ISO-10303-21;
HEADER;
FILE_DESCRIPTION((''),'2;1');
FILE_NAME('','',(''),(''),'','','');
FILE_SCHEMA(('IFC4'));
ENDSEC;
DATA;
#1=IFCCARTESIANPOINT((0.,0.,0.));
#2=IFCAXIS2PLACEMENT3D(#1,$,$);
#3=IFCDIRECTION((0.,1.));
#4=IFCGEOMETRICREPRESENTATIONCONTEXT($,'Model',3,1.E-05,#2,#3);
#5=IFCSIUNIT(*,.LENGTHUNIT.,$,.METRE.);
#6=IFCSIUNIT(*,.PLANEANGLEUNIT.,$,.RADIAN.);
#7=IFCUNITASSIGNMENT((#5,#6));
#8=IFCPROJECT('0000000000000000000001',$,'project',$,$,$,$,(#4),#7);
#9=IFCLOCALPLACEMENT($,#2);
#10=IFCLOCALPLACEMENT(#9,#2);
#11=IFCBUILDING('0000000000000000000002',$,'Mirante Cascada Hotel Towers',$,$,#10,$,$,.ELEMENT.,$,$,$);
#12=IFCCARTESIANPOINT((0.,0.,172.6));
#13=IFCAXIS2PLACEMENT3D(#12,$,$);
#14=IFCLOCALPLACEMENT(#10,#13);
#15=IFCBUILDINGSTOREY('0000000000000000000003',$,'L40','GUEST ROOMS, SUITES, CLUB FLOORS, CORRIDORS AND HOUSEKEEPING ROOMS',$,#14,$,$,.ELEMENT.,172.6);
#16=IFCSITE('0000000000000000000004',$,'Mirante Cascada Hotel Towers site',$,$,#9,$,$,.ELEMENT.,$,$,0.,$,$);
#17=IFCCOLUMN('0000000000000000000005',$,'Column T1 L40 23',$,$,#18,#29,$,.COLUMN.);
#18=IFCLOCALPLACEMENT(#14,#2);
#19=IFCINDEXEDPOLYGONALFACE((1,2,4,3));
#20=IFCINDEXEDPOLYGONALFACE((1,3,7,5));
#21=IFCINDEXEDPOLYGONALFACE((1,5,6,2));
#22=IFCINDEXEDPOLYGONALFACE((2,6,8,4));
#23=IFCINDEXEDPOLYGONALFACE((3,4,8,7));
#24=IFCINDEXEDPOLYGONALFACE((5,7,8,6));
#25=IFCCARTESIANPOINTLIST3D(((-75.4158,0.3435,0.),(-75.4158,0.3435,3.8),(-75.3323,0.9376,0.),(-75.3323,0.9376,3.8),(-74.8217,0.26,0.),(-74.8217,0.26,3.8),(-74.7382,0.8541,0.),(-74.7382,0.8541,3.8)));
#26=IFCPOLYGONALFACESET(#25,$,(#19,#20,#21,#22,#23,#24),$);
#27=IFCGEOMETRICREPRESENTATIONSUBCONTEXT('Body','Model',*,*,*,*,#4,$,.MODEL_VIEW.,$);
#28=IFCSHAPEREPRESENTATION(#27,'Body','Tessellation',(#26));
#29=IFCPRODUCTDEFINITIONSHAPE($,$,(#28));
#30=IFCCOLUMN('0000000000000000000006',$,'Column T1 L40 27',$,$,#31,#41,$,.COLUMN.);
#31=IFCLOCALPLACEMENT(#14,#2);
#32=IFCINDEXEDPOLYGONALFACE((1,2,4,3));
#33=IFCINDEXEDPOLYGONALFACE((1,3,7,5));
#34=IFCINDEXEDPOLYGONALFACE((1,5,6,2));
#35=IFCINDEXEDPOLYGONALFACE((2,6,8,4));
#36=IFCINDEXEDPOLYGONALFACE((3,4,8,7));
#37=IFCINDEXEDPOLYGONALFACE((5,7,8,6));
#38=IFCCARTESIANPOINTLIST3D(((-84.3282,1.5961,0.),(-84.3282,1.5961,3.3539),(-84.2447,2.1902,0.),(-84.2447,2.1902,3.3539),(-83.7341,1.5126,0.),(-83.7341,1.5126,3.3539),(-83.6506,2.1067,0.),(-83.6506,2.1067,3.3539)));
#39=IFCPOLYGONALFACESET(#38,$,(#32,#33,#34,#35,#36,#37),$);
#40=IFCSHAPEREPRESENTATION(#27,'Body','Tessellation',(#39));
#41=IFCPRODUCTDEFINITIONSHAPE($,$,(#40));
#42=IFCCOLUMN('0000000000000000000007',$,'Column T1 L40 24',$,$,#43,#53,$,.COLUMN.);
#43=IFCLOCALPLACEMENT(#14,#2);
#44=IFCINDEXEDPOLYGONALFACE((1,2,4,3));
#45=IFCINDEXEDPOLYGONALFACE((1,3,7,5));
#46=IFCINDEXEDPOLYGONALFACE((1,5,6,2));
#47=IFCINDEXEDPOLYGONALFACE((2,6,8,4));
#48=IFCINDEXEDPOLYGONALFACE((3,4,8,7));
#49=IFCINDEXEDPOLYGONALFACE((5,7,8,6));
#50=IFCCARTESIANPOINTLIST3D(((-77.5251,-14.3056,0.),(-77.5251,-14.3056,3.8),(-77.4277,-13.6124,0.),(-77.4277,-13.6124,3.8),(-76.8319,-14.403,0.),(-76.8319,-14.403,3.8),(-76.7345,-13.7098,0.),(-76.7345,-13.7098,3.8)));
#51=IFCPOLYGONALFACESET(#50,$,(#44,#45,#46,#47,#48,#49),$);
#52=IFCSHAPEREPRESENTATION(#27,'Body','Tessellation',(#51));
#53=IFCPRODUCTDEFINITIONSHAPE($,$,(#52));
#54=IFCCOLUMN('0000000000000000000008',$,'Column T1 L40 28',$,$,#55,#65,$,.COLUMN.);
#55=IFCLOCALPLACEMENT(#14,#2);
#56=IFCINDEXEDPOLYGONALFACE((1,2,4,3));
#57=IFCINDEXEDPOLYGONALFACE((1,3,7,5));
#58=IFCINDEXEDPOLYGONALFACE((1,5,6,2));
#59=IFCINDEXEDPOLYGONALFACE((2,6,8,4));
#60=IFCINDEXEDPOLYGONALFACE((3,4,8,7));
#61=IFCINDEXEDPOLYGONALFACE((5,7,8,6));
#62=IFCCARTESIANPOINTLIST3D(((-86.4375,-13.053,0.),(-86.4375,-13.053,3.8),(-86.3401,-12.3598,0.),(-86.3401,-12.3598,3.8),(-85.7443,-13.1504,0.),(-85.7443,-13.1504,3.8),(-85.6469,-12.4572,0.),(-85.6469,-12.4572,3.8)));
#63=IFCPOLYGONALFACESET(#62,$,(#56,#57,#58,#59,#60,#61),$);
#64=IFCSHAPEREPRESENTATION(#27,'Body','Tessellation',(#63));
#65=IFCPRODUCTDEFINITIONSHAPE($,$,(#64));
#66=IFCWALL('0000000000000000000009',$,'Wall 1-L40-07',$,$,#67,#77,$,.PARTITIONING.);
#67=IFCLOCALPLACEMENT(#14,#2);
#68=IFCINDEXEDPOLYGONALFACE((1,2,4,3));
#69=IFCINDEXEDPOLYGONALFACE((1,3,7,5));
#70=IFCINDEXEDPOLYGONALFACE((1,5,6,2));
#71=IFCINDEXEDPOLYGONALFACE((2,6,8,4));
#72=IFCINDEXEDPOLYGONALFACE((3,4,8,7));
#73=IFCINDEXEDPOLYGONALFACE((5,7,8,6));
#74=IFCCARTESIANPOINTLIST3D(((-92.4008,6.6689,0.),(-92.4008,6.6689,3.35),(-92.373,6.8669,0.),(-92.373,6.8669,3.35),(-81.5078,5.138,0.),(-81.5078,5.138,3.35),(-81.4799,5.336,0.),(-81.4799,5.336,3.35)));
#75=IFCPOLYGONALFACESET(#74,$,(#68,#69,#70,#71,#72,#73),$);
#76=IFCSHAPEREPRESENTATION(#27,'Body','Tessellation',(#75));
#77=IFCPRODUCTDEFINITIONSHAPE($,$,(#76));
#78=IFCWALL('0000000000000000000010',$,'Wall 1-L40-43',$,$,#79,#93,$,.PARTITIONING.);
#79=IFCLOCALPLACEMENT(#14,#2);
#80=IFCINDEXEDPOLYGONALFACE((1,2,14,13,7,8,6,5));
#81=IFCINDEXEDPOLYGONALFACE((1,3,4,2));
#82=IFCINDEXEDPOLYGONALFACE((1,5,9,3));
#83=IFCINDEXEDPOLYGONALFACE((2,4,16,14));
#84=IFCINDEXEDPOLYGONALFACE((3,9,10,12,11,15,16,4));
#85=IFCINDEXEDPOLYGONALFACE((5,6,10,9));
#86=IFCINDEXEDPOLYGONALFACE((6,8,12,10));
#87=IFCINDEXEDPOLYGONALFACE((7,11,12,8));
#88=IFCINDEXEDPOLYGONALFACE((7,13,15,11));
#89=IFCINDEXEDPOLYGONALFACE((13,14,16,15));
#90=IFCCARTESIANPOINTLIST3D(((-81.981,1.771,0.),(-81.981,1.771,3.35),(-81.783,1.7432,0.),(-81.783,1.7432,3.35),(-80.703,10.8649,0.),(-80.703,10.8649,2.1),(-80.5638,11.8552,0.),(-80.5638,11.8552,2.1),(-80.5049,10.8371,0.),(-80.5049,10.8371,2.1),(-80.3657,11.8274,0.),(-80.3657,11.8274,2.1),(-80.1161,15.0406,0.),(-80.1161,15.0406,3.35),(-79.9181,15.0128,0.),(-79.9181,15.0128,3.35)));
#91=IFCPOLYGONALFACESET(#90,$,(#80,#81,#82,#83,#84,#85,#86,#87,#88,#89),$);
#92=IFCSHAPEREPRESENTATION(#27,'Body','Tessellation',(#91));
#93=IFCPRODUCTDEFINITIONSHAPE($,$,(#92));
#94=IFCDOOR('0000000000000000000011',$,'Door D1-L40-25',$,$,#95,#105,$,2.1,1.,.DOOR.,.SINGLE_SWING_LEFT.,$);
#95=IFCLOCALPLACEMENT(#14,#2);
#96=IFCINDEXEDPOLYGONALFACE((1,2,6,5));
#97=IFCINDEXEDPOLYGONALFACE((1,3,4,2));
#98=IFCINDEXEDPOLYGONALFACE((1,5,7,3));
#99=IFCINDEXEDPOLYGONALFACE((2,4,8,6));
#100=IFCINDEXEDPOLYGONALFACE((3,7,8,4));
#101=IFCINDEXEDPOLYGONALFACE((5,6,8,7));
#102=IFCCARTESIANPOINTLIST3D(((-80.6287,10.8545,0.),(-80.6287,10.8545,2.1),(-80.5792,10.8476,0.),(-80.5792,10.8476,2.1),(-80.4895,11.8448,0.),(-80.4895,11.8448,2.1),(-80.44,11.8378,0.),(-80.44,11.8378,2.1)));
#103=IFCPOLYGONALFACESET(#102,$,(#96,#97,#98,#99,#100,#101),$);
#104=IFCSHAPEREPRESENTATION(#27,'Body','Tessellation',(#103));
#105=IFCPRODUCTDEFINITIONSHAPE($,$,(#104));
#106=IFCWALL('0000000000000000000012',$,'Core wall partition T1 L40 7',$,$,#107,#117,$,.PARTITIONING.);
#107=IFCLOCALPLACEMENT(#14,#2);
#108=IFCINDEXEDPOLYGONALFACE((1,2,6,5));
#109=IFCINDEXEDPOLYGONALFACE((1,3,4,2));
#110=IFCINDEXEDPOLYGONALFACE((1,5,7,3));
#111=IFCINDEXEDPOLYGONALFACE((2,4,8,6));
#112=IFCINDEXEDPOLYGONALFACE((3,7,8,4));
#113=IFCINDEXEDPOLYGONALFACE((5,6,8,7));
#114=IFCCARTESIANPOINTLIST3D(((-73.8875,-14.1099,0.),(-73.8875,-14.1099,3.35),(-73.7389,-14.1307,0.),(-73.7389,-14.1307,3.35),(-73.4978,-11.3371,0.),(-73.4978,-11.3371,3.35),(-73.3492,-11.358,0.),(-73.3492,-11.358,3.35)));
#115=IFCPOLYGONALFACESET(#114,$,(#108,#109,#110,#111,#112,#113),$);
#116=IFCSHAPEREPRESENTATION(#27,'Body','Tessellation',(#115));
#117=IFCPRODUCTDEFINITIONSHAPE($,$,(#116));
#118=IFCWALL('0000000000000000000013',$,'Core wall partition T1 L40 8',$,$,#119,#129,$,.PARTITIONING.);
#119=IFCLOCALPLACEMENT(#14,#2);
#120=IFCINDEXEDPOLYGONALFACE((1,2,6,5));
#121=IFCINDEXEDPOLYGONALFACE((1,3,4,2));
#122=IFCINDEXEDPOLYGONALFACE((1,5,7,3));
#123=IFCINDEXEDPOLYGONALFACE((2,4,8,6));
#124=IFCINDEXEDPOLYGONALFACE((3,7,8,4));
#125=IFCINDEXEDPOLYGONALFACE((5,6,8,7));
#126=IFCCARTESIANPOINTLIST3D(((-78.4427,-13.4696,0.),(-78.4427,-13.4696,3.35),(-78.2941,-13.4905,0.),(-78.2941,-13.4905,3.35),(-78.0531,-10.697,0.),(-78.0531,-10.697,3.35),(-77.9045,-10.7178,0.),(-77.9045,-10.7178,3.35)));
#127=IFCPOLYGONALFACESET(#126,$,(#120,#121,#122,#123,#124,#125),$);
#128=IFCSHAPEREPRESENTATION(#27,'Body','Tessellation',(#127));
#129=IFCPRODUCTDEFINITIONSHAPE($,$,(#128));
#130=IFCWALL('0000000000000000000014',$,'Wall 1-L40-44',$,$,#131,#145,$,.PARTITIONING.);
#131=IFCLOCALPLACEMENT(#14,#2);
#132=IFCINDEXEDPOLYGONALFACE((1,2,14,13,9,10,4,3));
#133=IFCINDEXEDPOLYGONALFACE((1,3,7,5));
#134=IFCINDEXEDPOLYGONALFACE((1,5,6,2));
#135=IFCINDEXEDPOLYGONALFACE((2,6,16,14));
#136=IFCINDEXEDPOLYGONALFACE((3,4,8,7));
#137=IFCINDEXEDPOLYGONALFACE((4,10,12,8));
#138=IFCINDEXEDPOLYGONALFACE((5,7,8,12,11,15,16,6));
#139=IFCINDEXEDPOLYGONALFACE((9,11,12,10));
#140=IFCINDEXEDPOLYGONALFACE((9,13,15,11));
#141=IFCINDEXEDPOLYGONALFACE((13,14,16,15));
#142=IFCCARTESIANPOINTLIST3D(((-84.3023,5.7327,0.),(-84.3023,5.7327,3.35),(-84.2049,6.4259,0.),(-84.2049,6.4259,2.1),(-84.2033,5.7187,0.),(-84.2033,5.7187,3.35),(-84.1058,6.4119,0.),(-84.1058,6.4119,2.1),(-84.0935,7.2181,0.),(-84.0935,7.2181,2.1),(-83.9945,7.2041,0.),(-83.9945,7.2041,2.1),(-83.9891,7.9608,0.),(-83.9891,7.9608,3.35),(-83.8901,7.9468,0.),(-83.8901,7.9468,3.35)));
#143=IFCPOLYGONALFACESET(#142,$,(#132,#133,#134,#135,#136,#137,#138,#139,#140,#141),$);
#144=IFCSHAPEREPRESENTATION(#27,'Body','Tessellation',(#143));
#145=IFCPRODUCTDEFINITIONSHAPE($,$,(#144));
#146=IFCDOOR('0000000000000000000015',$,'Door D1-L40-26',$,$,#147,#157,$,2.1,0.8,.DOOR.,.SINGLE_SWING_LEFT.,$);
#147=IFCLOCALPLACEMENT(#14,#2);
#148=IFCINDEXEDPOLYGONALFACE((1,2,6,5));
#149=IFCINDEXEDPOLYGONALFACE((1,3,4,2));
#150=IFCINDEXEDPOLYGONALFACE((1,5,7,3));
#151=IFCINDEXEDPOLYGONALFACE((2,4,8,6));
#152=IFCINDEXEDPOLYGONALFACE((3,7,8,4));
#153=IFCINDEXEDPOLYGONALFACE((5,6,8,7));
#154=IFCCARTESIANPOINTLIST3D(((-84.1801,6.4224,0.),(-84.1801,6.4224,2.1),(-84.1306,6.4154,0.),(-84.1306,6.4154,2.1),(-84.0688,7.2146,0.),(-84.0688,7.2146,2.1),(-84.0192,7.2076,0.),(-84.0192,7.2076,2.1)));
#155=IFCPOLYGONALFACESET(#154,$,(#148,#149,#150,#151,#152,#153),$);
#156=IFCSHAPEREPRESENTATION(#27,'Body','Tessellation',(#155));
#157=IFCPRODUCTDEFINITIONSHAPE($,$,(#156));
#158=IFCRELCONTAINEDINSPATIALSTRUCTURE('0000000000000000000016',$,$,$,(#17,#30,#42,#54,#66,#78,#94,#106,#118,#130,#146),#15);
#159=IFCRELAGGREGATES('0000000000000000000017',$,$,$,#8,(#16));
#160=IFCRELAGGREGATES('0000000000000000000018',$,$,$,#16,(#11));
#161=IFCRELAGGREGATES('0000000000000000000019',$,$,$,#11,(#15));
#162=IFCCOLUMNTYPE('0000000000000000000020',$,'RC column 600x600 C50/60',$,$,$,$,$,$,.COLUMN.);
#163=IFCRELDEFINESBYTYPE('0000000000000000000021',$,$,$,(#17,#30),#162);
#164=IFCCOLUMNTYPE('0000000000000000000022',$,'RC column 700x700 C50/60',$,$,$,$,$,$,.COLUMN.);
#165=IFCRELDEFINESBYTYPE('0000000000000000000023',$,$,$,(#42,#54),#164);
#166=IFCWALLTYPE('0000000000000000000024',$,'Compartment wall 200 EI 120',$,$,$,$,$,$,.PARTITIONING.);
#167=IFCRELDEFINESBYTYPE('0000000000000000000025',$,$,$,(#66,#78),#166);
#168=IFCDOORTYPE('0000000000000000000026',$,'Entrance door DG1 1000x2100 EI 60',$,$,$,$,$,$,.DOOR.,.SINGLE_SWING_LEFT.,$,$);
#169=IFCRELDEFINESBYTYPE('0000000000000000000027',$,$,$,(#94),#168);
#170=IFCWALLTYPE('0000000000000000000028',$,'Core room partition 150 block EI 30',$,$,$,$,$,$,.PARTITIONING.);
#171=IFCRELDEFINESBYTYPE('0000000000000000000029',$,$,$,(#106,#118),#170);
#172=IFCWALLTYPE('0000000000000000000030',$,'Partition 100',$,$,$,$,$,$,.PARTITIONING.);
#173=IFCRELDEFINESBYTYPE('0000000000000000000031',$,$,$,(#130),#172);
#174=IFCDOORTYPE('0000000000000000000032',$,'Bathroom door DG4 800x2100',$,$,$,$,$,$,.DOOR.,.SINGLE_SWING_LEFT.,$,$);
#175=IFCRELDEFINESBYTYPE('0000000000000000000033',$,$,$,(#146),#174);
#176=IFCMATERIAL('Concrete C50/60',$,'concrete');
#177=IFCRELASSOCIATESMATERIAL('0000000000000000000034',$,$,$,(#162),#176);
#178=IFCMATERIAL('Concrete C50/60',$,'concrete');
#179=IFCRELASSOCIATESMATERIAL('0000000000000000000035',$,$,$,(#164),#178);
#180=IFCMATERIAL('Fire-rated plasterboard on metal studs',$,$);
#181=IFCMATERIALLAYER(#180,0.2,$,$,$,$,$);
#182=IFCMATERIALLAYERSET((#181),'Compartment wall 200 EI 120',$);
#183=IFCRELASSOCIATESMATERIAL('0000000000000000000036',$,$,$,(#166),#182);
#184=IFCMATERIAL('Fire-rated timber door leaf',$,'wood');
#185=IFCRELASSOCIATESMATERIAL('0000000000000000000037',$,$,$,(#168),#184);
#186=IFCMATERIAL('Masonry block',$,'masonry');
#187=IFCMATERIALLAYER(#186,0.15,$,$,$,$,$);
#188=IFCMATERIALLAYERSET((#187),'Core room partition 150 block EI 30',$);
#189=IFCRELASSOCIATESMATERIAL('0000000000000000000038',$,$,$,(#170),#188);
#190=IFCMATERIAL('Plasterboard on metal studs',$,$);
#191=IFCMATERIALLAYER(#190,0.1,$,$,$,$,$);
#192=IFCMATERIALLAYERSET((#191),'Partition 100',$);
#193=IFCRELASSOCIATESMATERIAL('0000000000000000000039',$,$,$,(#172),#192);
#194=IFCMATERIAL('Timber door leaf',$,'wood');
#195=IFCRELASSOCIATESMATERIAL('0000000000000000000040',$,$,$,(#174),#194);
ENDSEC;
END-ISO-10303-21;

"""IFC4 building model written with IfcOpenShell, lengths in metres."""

from ifc_helpers import new_model, si_unit, direction, frame, frame_2d, origin, origin_2d, place, context, subcontext, project, spatial, rectangle, extrude, material, layer, layer_set, material_profile, profile_set, type_object, element, fill, save


model = new_model("IFC4")

# Units and contexts
model_context = context("Model", 3, precision=1e-05, world=origin(), true_north=direction((0.0, 1.0)))
body_context = subcontext(model_context, "Body", "Model", "MODEL_VIEW")
ifc_project = project(units=[si_unit("LENGTHUNIT", "METRE"), si_unit("PLANEANGLEUNIT", "RADIAN")], contexts=[model_context])

# Site, building, storey
site_placement = place(None, origin())
site = spatial("IfcSite", under=ifc_project, at=site_placement, Name="Mirante Cascada Hotel Towers site", CompositionType="ELEMENT", RefElevation=0.0)
building_placement = place(site_placement, origin())
building = spatial("IfcBuilding", under=site, at=building_placement, Name="Mirante Cascada Hotel Towers", CompositionType="ELEMENT")
storey_placement = place(building_placement, frame((0.0, 0.0, 172.6)))
storey = spatial("IfcBuildingStorey", under=building, at=storey_placement, Name="L40", Description="GUEST ROOMS, SUITES, CLUB FLOORS, CORRIDORS AND HOUSEKEEPING ROOMS", CompositionType="ELEMENT", Elevation=172.6)

# Columns
ifc_material_1 = material(Name="Concrete C50/60", Category="concrete")
ifc_material_profile_1 = material_profile(ifc_material_1, rectangle(XDim=0.6, YDim=0.6, at=origin_2d()), Name="RC column 600x600 C50/60")
ifc_profile_set_1 = profile_set([ifc_material_profile_1], Name="Concrete C50/60")
column_type_1 = type_object("IfcColumnType", Name="RC column 600x600 C50/60", PredefinedType="COLUMN", material=ifc_profile_set_1)
column_1_placement = place(storey_placement, frame((-75.077, 0.5988, 0.0), z_axis=(0.0, 0.0, 1.0), x_axis=(-0.990268, 0.139173, 0.0)))
element("IfcColumn", 1, at=column_1_placement, inside=storey, type_object=column_type_1, Name="Column T1 L40 23", PredefinedType="COLUMN", context=body_context, shape_type="SweptSolid", body=[
    extrude(rectangle(XDim=0.6, YDim=0.6, at=origin_2d()), origin(), (0.0, 0.0, 1.0), 3.8),
])
column_2_placement = place(storey_placement, frame((-83.9894, 1.8514, 0.0), z_axis=(0.0, 0.0, 1.0), x_axis=(-0.990268, 0.139173, 0.0)))
element("IfcColumn", 2, at=column_2_placement, inside=storey, type_object=column_type_1, Name="Column T1 L40 27", PredefinedType="COLUMN", context=body_context, shape_type="SweptSolid", body=[
    extrude(rectangle(XDim=0.6, YDim=0.6, at=origin_2d()), origin(), (0.0, 0.0, 1.0), 3.3539),
])
ifc_material_2 = material(Name="Concrete C50/60", Category="concrete")
ifc_material_profile_2 = material_profile(ifc_material_2, rectangle(XDim=0.7, YDim=0.7, at=origin_2d()), Name="RC column 700x700 C50/60")
ifc_profile_set_2 = profile_set([ifc_material_profile_2], Name="Concrete C50/60")
column_type_2 = type_object("IfcColumnType", Name="RC column 700x700 C50/60", PredefinedType="COLUMN", material=ifc_profile_set_2)
for number, where, z_axis, x_axis, name in (
    (3, (-77.1298, -14.0077, 0.0), (0.0, 0.0, 1.0), (-0.990268, 0.139173, 0.0), "Column T1 L40 24"),
    (4, (-86.0422, -12.7551, 0.0), (0.0, 0.0, 1.0), (-0.990268, 0.139173, 0.0), "Column T1 L40 28"),
):
    element("IfcColumn", number, at=place(storey_placement, frame(where, z_axis=z_axis, x_axis=x_axis)), inside=storey, type_object=column_type_2, Name=name, PredefinedType="COLUMN", context=body_context, shape_type="SweptSolid", body=[
        extrude(rectangle(XDim=0.7, YDim=0.7, at=origin_2d()), origin(), (0.0, 0.0, 1.0), 3.8),
    ])

# Wall
ifc_material_3 = material(Name="Fire-rated plasterboard on metal studs")
ifc_layer_1 = layer(ifc_material_3, 0.2)
ifc_layer_set_1 = layer_set([ifc_layer_1], Name="Compartment wall 200 EI 120")
wall_type_1 = type_object("IfcWallType", Name="Compartment wall 200 EI 120", PredefinedType="PARTITIONING", material=ifc_layer_set_1)
wall_1_placement = place(storey_placement, frame((-81.4939, 5.237, 0.0), z_axis=(0.0, 0.0, 1.0), x_axis=(-0.990268, 0.139172, 0.0)))
element("IfcWall", 5, at=wall_1_placement, inside=storey, type_object=wall_type_1, Name="Wall 1-L40-07", PredefinedType="PARTITIONING", context=body_context, shape_type="SweptSolid", body=[
    extrude(rectangle(XDim=11.0001, YDim=0.2, at=frame_2d((5.5, 0.0))), origin(), (0.0, 0.0, 1.0), 3.35),
])

# Wall, opening, door
wall_2_placement = place(storey_placement, frame((-81.882, 1.7571, 0.0), z_axis=(0.0, 0.0, 1.0), x_axis=(0.139172, 0.990268, 0.0)))
wall_2 = element("IfcWall", 6, at=wall_2_placement, inside=storey, type_object=wall_type_1, Name="Wall 1-L40-43", PredefinedType="PARTITIONING", context=body_context, shape_type="SweptSolid", body=[
    extrude(rectangle(XDim=13.4, YDim=0.2, at=frame_2d((6.7, 0.0))), origin(), (0.0, 0.0, 1.0), 3.35),
])
opening_1_placement = place(wall_2_placement, frame((9.1833, 0.0, 0.0)))
opening_1 = element("IfcOpeningElement", 7, at=opening_1_placement, cuts=wall_2, PredefinedType="OPENING", context=body_context, shape_type="SweptSolid", body=[
    extrude(rectangle(XDim=1.0, YDim=2.1, at=frame_2d((0.5, 1.05))), frame((0.0, 0.1, 0.0), z_axis=(0.0, -1.0, 0.0), x_axis=(1.0, 0.0, 0.0)), (0.0, 0.0, 1.0), 0.2),
])
ifc_material_4 = material(Name="Fire-rated timber door leaf", Category="wood")
door_type_1 = type_object("IfcDoorType", Name="Entrance door DG1 1000x2100 EI 60", OperationType="SINGLE_SWING_LEFT", PredefinedType="DOOR", material=ifc_material_4)
door_1_placement = place(opening_1_placement, origin())
door_1 = element("IfcDoor", 8, at=door_1_placement, inside=storey, type_object=door_type_1, Name="Door D1-L40-25", OperationType="SINGLE_SWING_LEFT", OverallHeight=2.1, OverallWidth=1.0, PredefinedType="DOOR", context=body_context, shape_type="SweptSolid", body=[
    extrude(rectangle(XDim=1.0, YDim=2.1, at=frame_2d((0.5, 1.05))), frame((0.0, 0.025, 0.0), z_axis=(0.0, -1.0, 0.0), x_axis=(1.0, 0.0, 0.0)), (0.0, 0.0, 1.0), 0.05),
])
fill(opening_1, door_1)

# Walls
ifc_material_5 = material(Name="Masonry block", Category="masonry")
ifc_layer_2 = layer(ifc_material_5, 0.15)
ifc_layer_set_2 = layer_set([ifc_layer_2], Name="Core room partition 150 block EI 30")
wall_type_2 = type_object("IfcWallType", Name="Core room partition 150 block EI 30", PredefinedType="PARTITIONING", material=ifc_layer_set_2)
wall_3_placement = place(storey_placement, frame((-73.8132, -14.1203, 0.0), z_axis=(0.0, 0.0, 1.0), x_axis=(0.139181, 0.990267, 0.0)))
element("IfcWall", 9, at=wall_3_placement, inside=storey, type_object=wall_type_2, Name="Core wall partition T1 L40 7", PredefinedType="PARTITIONING", context=body_context, shape_type="SweptSolid", body=[
    extrude(rectangle(XDim=2.8, YDim=0.15, at=frame_2d((1.4, 0.0))), origin(), (0.0, 0.0, 1.0), 3.35),
])
wall_4_placement = place(storey_placement, frame((-78.3684, -13.4801, 0.0), z_axis=(0.0, 0.0, 1.0), x_axis=(0.139146, 0.990272, 0.0)))
element("IfcWall", 10, at=wall_4_placement, inside=storey, type_object=wall_type_2, Name="Core wall partition T1 L40 8", PredefinedType="PARTITIONING", context=body_context, shape_type="SweptSolid", body=[
    extrude(rectangle(XDim=2.7999, YDim=0.15, at=frame_2d((1.4, 0.0))), origin(), (0.0, 0.0, 1.0), 3.35),
])

# Wall, opening, door
ifc_material_6 = material(Name="Plasterboard on metal studs")
ifc_layer_3 = layer(ifc_material_6, 0.1)
ifc_layer_set_3 = layer_set([ifc_layer_3], Name="Partition 100")
wall_type_3 = type_object("IfcWallType", Name="Partition 100", PredefinedType="PARTITIONING", material=ifc_layer_set_3)
wall_5_placement = place(storey_placement, frame((-83.9396, 7.9538, 0.0), z_axis=(0.0, 0.0, 1.0), x_axis=(-0.1392, -0.990264, 0.0)))
wall_5 = element("IfcWall", 11, at=wall_5_placement, inside=storey, type_object=wall_type_3, Name="Wall 1-L40-44", PredefinedType="PARTITIONING", context=body_context, shape_type="SweptSolid", body=[
    extrude(rectangle(XDim=2.25, YDim=0.1, at=frame_2d((1.125, 0.0))), origin(), (0.0, 0.0, 1.0), 3.35),
])
opening_2_placement = place(wall_5_placement, frame((0.75, 0.0, 0.0)))
opening_2 = element("IfcOpeningElement", 12, at=opening_2_placement, cuts=wall_5, PredefinedType="OPENING", context=body_context, shape_type="SweptSolid", body=[
    extrude(rectangle(XDim=0.8, YDim=2.1, at=frame_2d((0.4, 1.05))), frame((0.0, 0.05, 0.0), z_axis=(0.0, -1.0, 0.0), x_axis=(1.0, 0.0, 0.0)), (0.0, 0.0, 1.0), 0.1),
])
ifc_material_7 = material(Name="Timber door leaf", Category="wood")
door_type_2 = type_object("IfcDoorType", Name="Bathroom door DG4 800x2100", OperationType="SINGLE_SWING_LEFT", PredefinedType="DOOR", material=ifc_material_7)
door_2_placement = place(opening_2_placement, origin())
door_2 = element("IfcDoor", 13, at=door_2_placement, inside=storey, type_object=door_type_2, Name="Door D1-L40-26", OperationType="SINGLE_SWING_LEFT", OverallHeight=2.1, OverallWidth=0.8, PredefinedType="DOOR", context=body_context, shape_type="SweptSolid", body=[
    extrude(rectangle(XDim=0.8, YDim=2.1, at=frame_2d((0.4, 1.05))), frame((0.0, 0.025, 0.0), z_axis=(0.0, -1.0, 0.0), x_axis=(1.0, 0.0, 0.0)), (0.0, 0.0, 1.0), 0.05),
])
fill(opening_2, door_2)

save(model, "model.ifc")
